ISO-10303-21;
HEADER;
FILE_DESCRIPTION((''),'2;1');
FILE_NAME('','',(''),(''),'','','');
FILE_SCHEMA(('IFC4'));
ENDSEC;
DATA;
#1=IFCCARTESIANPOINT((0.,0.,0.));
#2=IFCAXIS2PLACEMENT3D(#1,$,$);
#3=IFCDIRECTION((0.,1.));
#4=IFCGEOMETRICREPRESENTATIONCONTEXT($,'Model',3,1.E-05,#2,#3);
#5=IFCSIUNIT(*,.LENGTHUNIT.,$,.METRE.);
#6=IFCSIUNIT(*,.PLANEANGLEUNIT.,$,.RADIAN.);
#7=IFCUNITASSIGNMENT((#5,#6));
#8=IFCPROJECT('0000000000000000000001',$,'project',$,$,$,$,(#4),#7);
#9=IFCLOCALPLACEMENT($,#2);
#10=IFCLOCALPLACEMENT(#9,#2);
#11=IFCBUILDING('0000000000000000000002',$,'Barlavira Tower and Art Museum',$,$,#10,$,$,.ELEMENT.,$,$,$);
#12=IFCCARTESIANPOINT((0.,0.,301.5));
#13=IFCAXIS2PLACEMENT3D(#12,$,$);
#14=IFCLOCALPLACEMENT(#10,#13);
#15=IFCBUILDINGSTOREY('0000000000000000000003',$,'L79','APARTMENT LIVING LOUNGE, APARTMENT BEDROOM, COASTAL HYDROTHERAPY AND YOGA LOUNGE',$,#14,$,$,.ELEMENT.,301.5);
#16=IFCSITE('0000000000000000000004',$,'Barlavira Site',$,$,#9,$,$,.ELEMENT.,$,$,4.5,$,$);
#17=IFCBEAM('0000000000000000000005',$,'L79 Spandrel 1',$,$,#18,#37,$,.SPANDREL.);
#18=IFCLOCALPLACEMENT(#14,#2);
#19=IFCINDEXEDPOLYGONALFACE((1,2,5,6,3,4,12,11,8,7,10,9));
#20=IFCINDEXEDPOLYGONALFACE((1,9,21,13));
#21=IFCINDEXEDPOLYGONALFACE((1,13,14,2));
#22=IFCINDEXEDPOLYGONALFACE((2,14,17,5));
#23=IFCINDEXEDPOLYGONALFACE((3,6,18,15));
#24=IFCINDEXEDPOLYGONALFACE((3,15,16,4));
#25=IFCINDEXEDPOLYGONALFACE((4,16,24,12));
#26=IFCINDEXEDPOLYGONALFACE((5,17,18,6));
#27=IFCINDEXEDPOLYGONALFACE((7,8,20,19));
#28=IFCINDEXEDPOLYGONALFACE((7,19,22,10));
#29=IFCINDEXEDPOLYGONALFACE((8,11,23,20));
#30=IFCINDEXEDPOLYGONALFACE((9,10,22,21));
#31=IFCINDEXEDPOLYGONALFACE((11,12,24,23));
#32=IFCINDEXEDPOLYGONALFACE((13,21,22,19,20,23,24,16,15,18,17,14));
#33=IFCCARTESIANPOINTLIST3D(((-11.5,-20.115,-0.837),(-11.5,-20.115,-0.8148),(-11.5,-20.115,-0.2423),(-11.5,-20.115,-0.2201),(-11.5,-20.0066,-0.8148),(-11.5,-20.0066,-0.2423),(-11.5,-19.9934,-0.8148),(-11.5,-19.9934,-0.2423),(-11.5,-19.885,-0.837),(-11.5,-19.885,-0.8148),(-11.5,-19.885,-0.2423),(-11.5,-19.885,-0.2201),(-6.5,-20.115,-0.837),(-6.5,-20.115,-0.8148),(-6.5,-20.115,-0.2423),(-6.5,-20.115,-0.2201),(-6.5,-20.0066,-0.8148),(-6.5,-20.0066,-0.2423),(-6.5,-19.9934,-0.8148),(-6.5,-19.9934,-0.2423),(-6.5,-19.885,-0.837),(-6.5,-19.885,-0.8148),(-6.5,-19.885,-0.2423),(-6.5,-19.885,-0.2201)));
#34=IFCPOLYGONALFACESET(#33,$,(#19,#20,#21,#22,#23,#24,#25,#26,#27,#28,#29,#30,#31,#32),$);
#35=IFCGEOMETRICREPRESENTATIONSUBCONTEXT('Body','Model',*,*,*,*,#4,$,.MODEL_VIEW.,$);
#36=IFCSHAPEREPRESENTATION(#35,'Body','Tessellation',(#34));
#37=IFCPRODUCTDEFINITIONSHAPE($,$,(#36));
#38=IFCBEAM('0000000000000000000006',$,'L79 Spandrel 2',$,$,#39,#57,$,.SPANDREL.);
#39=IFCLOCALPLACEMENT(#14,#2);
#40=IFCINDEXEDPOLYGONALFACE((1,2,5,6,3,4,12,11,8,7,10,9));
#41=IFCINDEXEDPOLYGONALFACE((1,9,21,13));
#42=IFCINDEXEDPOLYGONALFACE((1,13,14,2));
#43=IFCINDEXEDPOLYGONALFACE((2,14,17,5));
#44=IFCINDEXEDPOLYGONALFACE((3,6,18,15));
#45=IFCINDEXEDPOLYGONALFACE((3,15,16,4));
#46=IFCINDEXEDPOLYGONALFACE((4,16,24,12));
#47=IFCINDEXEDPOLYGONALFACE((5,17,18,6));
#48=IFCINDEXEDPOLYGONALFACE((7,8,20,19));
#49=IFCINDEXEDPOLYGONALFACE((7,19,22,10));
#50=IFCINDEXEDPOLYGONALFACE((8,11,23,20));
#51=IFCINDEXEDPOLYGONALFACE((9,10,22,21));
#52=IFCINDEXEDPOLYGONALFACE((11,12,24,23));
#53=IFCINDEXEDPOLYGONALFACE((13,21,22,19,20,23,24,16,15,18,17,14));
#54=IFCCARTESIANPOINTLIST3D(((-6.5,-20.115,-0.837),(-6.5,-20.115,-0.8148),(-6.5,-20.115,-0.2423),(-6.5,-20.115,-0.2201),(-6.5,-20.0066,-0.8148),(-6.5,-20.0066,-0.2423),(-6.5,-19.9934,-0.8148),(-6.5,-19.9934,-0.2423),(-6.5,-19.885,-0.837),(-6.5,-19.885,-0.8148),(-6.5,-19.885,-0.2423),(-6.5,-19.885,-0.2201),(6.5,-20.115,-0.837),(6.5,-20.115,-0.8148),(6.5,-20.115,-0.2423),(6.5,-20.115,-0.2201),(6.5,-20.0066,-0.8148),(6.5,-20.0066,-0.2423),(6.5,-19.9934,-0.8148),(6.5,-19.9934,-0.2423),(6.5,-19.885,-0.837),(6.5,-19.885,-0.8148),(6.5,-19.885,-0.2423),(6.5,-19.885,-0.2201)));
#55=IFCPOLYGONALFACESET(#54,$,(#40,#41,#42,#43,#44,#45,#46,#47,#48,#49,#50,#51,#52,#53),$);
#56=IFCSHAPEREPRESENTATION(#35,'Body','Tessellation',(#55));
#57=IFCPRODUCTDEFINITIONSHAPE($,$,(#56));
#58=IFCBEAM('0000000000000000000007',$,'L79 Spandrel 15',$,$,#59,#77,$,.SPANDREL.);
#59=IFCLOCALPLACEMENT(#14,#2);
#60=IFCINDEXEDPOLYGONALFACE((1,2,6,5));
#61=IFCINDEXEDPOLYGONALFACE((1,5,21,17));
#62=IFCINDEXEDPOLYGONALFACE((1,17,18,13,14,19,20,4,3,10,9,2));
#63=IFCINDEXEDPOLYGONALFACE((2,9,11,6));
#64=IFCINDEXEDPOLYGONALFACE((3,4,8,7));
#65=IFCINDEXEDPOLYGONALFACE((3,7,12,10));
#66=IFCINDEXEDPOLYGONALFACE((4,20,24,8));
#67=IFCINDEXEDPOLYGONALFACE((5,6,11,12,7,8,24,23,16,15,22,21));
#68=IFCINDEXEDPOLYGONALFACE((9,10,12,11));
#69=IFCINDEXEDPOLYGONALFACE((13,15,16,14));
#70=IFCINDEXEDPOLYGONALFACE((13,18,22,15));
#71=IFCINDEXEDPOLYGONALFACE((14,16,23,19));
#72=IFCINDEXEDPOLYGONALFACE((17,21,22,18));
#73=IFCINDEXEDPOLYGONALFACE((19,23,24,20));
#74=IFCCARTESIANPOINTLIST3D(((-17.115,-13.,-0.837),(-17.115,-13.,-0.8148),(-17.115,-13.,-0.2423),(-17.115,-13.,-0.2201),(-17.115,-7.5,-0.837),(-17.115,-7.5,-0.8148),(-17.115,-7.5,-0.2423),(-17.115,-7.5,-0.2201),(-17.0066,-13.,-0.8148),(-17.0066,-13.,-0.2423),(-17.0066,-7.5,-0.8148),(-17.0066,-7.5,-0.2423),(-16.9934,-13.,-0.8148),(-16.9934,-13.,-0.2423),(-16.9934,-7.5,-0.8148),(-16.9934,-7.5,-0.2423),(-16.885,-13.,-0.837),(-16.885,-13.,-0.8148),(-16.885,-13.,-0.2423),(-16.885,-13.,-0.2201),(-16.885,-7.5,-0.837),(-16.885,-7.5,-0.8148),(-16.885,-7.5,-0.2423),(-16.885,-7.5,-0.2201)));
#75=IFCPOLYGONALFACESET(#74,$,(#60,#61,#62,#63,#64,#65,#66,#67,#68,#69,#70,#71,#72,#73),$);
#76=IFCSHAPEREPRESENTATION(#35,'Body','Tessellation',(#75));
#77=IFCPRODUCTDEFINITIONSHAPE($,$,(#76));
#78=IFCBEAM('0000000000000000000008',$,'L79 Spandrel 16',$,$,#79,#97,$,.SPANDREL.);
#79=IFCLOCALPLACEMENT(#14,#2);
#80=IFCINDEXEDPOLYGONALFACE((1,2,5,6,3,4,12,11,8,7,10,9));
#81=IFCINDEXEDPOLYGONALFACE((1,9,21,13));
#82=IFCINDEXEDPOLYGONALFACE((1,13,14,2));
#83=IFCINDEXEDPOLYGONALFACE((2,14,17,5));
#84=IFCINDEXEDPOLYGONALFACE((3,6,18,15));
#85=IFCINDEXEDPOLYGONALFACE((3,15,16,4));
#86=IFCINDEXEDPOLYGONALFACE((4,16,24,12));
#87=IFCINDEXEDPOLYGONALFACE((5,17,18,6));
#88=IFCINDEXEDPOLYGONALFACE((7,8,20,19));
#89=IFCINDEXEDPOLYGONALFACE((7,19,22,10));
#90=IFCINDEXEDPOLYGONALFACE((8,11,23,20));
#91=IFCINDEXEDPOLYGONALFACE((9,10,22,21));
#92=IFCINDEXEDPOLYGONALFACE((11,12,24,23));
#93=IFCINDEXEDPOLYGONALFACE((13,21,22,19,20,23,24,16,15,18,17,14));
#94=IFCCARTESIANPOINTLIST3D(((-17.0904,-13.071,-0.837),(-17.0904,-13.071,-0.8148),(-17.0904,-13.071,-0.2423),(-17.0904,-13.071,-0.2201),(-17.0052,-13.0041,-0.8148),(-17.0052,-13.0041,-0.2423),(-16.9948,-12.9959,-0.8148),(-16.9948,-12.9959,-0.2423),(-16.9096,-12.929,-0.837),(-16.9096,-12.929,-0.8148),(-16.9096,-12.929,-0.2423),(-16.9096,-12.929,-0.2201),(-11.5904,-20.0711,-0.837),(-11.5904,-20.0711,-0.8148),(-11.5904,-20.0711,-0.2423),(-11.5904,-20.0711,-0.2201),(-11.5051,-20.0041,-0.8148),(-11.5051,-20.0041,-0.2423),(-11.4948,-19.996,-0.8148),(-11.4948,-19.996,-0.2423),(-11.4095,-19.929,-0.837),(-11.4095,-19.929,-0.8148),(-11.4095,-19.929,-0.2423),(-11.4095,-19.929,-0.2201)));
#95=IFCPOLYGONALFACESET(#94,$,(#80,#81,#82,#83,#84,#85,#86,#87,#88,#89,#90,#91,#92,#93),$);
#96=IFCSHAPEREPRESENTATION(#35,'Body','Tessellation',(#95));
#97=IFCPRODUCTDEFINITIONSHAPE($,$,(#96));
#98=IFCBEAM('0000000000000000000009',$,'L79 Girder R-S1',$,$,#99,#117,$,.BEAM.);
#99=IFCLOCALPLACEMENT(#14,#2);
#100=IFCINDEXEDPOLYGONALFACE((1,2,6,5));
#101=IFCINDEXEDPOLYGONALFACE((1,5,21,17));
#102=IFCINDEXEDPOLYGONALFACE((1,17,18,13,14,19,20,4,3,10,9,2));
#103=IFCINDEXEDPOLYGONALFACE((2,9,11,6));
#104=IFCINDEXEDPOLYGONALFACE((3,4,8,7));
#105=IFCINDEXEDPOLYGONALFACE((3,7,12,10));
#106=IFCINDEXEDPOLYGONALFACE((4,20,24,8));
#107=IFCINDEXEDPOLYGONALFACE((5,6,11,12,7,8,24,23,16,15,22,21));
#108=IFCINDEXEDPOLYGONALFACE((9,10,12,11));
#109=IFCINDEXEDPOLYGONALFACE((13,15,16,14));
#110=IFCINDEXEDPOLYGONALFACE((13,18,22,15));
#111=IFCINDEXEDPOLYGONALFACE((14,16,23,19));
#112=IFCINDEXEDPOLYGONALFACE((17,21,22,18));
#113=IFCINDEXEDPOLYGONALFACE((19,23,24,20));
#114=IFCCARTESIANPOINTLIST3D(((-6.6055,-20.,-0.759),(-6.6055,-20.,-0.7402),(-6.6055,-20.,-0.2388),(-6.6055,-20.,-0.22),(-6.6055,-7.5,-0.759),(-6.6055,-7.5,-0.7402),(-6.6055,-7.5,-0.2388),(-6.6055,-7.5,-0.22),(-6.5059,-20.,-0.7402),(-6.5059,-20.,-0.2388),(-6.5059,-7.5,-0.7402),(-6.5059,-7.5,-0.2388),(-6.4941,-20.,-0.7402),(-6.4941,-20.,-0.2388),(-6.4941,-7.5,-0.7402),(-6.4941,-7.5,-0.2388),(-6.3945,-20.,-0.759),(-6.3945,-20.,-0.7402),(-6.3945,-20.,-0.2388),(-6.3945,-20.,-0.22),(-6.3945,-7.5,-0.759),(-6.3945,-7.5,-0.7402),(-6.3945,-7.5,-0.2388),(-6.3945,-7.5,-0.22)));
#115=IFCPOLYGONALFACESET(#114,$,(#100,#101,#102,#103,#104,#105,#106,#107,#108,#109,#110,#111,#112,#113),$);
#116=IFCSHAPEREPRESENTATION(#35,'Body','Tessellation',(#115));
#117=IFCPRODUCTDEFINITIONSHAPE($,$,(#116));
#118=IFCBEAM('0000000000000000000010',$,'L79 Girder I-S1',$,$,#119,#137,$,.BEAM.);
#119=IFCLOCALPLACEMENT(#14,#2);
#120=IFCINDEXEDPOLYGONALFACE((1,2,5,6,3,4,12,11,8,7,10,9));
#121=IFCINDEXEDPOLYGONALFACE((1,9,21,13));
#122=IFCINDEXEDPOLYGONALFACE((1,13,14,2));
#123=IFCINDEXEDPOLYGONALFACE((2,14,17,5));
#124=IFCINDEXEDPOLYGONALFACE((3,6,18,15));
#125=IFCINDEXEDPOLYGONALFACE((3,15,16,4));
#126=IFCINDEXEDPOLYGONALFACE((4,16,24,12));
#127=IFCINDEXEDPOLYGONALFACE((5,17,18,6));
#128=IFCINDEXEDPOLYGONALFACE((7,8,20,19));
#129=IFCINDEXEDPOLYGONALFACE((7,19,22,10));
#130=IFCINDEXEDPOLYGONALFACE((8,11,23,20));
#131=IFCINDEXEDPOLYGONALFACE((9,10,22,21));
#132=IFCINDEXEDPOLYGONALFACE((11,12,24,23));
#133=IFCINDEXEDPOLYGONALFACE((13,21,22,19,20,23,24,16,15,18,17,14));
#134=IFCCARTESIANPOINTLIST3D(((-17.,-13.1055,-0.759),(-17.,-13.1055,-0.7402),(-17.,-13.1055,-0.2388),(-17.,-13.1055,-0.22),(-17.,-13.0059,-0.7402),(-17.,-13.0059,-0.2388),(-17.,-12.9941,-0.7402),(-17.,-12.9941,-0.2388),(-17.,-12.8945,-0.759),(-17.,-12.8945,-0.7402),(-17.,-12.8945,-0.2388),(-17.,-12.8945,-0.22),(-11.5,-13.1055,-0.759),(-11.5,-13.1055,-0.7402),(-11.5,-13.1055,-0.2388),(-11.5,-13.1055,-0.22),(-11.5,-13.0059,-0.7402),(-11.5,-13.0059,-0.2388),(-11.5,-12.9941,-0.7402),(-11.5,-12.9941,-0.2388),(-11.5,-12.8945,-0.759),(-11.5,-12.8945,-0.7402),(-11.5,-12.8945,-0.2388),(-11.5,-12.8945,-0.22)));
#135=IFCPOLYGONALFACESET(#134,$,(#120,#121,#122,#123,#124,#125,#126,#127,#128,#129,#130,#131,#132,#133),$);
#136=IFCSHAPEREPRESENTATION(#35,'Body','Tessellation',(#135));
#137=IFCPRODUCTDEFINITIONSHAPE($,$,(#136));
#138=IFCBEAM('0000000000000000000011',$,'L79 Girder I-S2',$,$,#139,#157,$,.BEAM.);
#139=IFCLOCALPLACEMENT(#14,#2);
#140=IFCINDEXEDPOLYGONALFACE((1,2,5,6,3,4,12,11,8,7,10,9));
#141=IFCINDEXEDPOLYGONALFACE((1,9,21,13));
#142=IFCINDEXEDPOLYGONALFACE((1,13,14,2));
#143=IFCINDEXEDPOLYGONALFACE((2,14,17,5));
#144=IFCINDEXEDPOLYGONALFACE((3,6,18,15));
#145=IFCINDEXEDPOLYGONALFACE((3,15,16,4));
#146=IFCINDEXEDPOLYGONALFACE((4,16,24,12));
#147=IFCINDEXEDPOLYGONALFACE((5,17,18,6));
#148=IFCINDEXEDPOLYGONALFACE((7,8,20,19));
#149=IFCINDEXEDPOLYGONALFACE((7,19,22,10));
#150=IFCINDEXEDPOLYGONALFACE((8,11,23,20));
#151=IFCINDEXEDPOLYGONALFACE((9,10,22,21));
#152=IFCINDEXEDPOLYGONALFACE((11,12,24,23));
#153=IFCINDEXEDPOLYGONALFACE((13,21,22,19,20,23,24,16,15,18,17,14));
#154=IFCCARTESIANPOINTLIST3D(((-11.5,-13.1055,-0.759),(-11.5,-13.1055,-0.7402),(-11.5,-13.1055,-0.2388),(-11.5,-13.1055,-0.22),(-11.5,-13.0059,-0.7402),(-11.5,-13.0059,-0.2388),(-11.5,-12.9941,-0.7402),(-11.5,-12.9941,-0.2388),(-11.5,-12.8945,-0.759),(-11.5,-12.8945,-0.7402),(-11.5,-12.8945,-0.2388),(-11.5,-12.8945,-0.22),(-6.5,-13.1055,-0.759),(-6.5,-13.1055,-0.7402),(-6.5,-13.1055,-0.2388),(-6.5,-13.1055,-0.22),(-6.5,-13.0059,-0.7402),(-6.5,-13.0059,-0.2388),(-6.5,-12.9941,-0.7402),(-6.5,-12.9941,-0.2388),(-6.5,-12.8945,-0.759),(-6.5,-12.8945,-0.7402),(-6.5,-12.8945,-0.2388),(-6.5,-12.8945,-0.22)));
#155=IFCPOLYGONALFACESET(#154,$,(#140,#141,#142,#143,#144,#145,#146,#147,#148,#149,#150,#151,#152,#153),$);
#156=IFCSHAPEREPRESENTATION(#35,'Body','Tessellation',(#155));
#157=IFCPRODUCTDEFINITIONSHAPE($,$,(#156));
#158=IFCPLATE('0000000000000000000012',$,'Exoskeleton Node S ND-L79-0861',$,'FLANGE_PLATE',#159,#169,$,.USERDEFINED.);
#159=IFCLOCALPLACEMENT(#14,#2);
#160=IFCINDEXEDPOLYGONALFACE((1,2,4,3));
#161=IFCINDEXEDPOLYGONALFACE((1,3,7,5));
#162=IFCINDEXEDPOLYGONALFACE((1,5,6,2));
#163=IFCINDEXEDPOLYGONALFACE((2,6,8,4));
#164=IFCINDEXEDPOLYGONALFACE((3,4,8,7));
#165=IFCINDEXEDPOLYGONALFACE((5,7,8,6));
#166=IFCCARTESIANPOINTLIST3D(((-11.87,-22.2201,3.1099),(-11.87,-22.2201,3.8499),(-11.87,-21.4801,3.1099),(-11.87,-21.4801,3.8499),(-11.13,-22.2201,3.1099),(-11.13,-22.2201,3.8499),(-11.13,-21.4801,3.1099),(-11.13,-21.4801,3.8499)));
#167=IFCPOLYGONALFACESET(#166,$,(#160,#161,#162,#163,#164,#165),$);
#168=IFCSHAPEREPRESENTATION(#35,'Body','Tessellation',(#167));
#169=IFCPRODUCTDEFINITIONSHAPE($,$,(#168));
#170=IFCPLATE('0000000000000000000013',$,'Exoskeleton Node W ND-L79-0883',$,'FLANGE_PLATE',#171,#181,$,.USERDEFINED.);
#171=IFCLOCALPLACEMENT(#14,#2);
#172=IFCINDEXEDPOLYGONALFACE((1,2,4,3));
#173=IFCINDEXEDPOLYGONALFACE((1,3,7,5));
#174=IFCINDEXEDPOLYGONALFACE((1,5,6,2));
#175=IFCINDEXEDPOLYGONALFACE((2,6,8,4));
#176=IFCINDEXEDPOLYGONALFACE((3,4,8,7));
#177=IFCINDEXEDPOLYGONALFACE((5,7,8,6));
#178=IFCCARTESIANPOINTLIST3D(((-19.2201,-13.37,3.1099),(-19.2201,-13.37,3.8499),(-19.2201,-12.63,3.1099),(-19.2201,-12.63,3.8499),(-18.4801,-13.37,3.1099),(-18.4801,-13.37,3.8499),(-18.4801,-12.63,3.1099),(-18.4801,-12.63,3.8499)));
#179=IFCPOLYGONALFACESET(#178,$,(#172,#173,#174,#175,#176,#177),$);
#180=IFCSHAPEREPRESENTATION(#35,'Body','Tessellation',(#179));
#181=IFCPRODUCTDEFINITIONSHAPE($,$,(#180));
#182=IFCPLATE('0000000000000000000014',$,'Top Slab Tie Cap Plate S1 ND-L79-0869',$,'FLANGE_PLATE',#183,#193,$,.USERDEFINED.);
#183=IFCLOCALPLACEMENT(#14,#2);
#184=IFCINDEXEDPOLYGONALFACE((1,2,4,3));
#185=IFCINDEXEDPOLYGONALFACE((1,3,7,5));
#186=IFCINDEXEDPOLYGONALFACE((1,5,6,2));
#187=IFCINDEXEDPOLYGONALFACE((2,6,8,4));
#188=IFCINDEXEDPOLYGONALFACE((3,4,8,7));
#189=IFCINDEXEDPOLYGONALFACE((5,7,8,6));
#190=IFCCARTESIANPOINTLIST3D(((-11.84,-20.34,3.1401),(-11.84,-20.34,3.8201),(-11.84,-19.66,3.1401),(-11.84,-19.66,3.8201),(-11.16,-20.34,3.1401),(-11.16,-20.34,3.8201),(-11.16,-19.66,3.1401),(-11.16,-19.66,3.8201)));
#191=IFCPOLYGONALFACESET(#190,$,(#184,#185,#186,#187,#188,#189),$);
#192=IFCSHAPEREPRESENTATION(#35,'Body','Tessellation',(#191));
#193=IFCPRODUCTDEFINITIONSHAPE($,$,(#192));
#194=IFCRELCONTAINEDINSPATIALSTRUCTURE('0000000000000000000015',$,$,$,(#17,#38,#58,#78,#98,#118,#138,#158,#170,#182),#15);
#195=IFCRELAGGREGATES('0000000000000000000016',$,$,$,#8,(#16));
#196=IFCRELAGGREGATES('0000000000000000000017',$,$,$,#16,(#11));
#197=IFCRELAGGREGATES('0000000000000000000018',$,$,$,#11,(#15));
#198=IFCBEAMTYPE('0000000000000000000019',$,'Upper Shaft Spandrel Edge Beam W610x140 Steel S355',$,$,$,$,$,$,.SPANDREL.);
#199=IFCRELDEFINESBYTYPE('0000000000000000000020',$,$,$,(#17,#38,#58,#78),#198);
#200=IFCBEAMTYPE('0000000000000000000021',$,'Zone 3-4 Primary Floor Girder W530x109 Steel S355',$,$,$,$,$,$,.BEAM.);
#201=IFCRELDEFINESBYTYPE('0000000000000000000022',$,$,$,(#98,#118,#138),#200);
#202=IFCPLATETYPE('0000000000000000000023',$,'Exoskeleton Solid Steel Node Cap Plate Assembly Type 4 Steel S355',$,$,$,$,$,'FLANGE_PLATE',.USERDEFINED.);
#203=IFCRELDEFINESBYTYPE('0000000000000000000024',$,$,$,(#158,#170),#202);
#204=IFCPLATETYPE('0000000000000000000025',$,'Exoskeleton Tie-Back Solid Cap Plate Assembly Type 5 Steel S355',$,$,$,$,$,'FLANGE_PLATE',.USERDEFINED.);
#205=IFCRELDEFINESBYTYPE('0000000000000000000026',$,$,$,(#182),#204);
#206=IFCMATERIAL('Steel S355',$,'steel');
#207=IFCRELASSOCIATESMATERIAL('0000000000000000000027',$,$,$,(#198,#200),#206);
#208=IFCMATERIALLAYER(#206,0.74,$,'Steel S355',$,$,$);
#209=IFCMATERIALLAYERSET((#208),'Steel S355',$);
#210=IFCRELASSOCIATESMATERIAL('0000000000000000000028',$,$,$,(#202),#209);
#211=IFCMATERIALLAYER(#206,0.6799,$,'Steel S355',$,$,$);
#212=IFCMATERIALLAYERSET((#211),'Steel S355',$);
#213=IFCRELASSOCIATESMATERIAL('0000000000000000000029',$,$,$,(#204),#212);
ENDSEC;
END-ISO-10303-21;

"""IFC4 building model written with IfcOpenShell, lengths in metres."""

from ifc_helpers import new_model, si_unit, direction, frame, origin, origin_2d, place, context, subcontext, project, spatial, rectangle, i_section, extrude, material, layer, layer_set, material_profile, profile_set, type_object, element, save


model = new_model("IFC4")

# Units and contexts
model_context = context("Model", 3, precision=1e-05, world=origin(), true_north=direction((0.0, 1.0)))
body_context = subcontext(model_context, "Body", "Model", "MODEL_VIEW")
ifc_project = project(units=[si_unit("LENGTHUNIT", "METRE"), si_unit("PLANEANGLEUNIT", "RADIAN")], contexts=[model_context])

# Site, building, storey
site_placement = place(None, origin())
site = spatial("IfcSite", under=ifc_project, at=site_placement, Name="Barlavira Site", CompositionType="ELEMENT", RefElevation=4.5)
building_placement = place(site_placement, origin())
building = spatial("IfcBuilding", under=site, at=building_placement, Name="Barlavira Tower and Art Museum", CompositionType="ELEMENT")
storey_placement = place(building_placement, frame((0.0, 0.0, 301.5)))
storey = spatial("IfcBuildingStorey", under=building, at=storey_placement, Name="L79", Description="APARTMENT LIVING LOUNGE, APARTMENT BEDROOM, COASTAL HYDROTHERAPY AND YOGA LOUNGE", CompositionType="ELEMENT", Elevation=301.5)

# Shared definitions
ifc_material_1 = material(Name="Steel S355", Category="steel")

# Beams
ifc_material_profile_1 = material_profile(ifc_material_1, i_section(OverallWidth=0.23, OverallDepth=0.6169, WebThickness=0.0132, FlangeThickness=0.0222, at=origin_2d()), Name="W610x140.0")
ifc_profile_set_1 = profile_set([ifc_material_profile_1], Name="Steel S355")
beam_type_1 = type_object("IfcBeamType", Name="Upper Shaft Spandrel Edge Beam W610x140 Steel S355", PredefinedType="SPANDREL", material=ifc_profile_set_1)
beam_1_placement = place(storey_placement, frame((-11.5, -20.0, -0.5286), z_axis=(1.0, 0.0, 0.0), x_axis=(0.0, 1.0, 0.0)))
element("IfcBeam", 1, at=beam_1_placement, inside=storey, type_object=beam_type_1, Name="L79 Spandrel 1", PredefinedType="SPANDREL", context=body_context, shape_type="SweptSolid", body=[
    extrude(i_section(OverallWidth=0.23, OverallDepth=0.6169, WebThickness=0.0132, FlangeThickness=0.0222, at=origin_2d()), origin(), (0.0, 0.0, 1.0), 5.0),
])
beam_2_placement = place(storey_placement, frame((-6.5, -20.0, -0.5286), z_axis=(1.0, 0.0, 0.0), x_axis=(0.0, 1.0, 0.0)))
element("IfcBeam", 2, at=beam_2_placement, inside=storey, type_object=beam_type_1, Name="L79 Spandrel 2", PredefinedType="SPANDREL", context=body_context, shape_type="SweptSolid", body=[
    extrude(i_section(OverallWidth=0.23, OverallDepth=0.6169, WebThickness=0.0132, FlangeThickness=0.0222, at=origin_2d()), origin(), (0.0, 0.0, 1.0), 13.0),
])
beam_3_placement = place(storey_placement, frame((-17.0, -13.0, -0.5286), z_axis=(0.0, 1.0, 0.0), x_axis=(-1.0, 0.0, 0.0)))
element("IfcBeam", 3, at=beam_3_placement, inside=storey, type_object=beam_type_1, Name="L79 Spandrel 15", PredefinedType="SPANDREL", context=body_context, shape_type="SweptSolid", body=[
    extrude(i_section(OverallWidth=0.23, OverallDepth=0.6169, WebThickness=0.0132, FlangeThickness=0.0222, at=origin_2d()), origin(), (0.0, 0.0, 1.0), 5.5),
])
beam_4_placement = place(storey_placement, frame((-17.0, -13.0, -0.5286), z_axis=(0.617822, -0.786318, 0.0), x_axis=(0.786318, 0.617822, 0.0)))
element("IfcBeam", 4, at=beam_4_placement, inside=storey, type_object=beam_type_1, Name="L79 Spandrel 16", PredefinedType="SPANDREL", context=body_context, shape_type="SweptSolid", body=[
    extrude(i_section(OverallWidth=0.23, OverallDepth=0.6169, WebThickness=0.0132, FlangeThickness=0.0222, at=origin_2d()), origin(), (0.0, 0.0, 1.0), 8.9023),
])
ifc_material_profile_2 = material_profile(ifc_material_1, i_section(OverallWidth=0.2109, OverallDepth=0.5391, WebThickness=0.0117, FlangeThickness=0.0188, at=origin_2d()), Name="W530x109.0")
ifc_profile_set_2 = profile_set([ifc_material_profile_2], Name="Steel S355")
beam_type_2 = type_object("IfcBeamType", Name="Zone 3-4 Primary Floor Girder W530x109 Steel S355", PredefinedType="BEAM", material=ifc_profile_set_2)
beam_5_placement = place(storey_placement, frame((-6.5, -20.0, -0.4895), z_axis=(0.0, 1.0, 0.0), x_axis=(-1.0, 0.0, 0.0)))
element("IfcBeam", 5, at=beam_5_placement, inside=storey, type_object=beam_type_2, Name="L79 Girder R-S1", PredefinedType="BEAM", context=body_context, shape_type="SweptSolid", body=[
    extrude(i_section(OverallWidth=0.2109, OverallDepth=0.5391, WebThickness=0.0117, FlangeThickness=0.0188, at=origin_2d()), origin(), (0.0, 0.0, 1.0), 12.5),
])
beam_6_placement = place(storey_placement, frame((-17.0, -13.0, -0.4895), z_axis=(1.0, 0.0, 0.0), x_axis=(0.0, 1.0, 0.0)))
element("IfcBeam", 6, at=beam_6_placement, inside=storey, type_object=beam_type_2, Name="L79 Girder I-S1", PredefinedType="BEAM", context=body_context, shape_type="SweptSolid", body=[
    extrude(i_section(OverallWidth=0.2109, OverallDepth=0.5391, WebThickness=0.0117, FlangeThickness=0.0188, at=origin_2d()), origin(), (0.0, 0.0, 1.0), 5.5),
])
beam_7_placement = place(storey_placement, frame((-11.5, -13.0, -0.4895), z_axis=(1.0, 0.0, 0.0), x_axis=(0.0, 1.0, 0.0)))
element("IfcBeam", 7, at=beam_7_placement, inside=storey, type_object=beam_type_2, Name="L79 Girder I-S2", PredefinedType="BEAM", context=body_context, shape_type="SweptSolid", body=[
    extrude(i_section(OverallWidth=0.2109, OverallDepth=0.5391, WebThickness=0.0117, FlangeThickness=0.0188, at=origin_2d()), origin(), (0.0, 0.0, 1.0), 5.0),
])

# Plates
ifc_layer_1 = layer(ifc_material_1, 0.74, Name="Steel S355")
ifc_layer_set_1 = layer_set([ifc_layer_1], Name="Steel S355")
plate_type_1 = type_object("IfcPlateType", Name="Exoskeleton Solid Steel Node Cap Plate Assembly Type 4 Steel S355", ElementType="FLANGE_PLATE", PredefinedType="USERDEFINED", material=ifc_layer_set_1)
for number, where, z_axis, x_axis, name in (
    (8, (-11.5, -21.8501, 3.1099), (0.0, 0.0, 1.0), (1.0, 0.0, 0.0), "Exoskeleton Node S ND-L79-0861"),
    (9, (-18.8501, -13.0, 3.1099), (0.0, 0.0, 1.0), (1.0, 0.0, 0.0), "Exoskeleton Node W ND-L79-0883"),
):
    element("IfcPlate", number, at=place(storey_placement, frame(where, z_axis=z_axis, x_axis=x_axis)), inside=storey, type_object=plate_type_1, Name=name, ObjectType="FLANGE_PLATE", PredefinedType="USERDEFINED", context=body_context, shape_type="SweptSolid", body=[
        extrude(rectangle(XDim=0.74, YDim=0.74, at=origin_2d()), origin(), (0.0, 0.0, 1.0), 0.74),
    ])
ifc_layer_2 = layer(ifc_material_1, 0.6799, Name="Steel S355")
ifc_layer_set_2 = layer_set([ifc_layer_2], Name="Steel S355")
plate_type_2 = type_object("IfcPlateType", Name="Exoskeleton Tie-Back Solid Cap Plate Assembly Type 5 Steel S355", ElementType="FLANGE_PLATE", PredefinedType="USERDEFINED", material=ifc_layer_set_2)
for number, where, z_axis, x_axis, name in (
    (10, (-11.5, -20.0, 3.1401), (0.0, 0.0, 1.0), (1.0, 0.0, 0.0), "Top Slab Tie Cap Plate S1 ND-L79-0869"),
):
    element("IfcPlate", number, at=place(storey_placement, frame(where, z_axis=z_axis, x_axis=x_axis)), inside=storey, type_object=plate_type_2, Name=name, ObjectType="FLANGE_PLATE", PredefinedType="USERDEFINED", context=body_context, shape_type="SweptSolid", body=[
        extrude(rectangle(XDim=0.6799, YDim=0.6799, at=origin_2d()), origin(), (0.0, 0.0, 1.0), 0.6799),
    ])

save(model, "model.ifc")
